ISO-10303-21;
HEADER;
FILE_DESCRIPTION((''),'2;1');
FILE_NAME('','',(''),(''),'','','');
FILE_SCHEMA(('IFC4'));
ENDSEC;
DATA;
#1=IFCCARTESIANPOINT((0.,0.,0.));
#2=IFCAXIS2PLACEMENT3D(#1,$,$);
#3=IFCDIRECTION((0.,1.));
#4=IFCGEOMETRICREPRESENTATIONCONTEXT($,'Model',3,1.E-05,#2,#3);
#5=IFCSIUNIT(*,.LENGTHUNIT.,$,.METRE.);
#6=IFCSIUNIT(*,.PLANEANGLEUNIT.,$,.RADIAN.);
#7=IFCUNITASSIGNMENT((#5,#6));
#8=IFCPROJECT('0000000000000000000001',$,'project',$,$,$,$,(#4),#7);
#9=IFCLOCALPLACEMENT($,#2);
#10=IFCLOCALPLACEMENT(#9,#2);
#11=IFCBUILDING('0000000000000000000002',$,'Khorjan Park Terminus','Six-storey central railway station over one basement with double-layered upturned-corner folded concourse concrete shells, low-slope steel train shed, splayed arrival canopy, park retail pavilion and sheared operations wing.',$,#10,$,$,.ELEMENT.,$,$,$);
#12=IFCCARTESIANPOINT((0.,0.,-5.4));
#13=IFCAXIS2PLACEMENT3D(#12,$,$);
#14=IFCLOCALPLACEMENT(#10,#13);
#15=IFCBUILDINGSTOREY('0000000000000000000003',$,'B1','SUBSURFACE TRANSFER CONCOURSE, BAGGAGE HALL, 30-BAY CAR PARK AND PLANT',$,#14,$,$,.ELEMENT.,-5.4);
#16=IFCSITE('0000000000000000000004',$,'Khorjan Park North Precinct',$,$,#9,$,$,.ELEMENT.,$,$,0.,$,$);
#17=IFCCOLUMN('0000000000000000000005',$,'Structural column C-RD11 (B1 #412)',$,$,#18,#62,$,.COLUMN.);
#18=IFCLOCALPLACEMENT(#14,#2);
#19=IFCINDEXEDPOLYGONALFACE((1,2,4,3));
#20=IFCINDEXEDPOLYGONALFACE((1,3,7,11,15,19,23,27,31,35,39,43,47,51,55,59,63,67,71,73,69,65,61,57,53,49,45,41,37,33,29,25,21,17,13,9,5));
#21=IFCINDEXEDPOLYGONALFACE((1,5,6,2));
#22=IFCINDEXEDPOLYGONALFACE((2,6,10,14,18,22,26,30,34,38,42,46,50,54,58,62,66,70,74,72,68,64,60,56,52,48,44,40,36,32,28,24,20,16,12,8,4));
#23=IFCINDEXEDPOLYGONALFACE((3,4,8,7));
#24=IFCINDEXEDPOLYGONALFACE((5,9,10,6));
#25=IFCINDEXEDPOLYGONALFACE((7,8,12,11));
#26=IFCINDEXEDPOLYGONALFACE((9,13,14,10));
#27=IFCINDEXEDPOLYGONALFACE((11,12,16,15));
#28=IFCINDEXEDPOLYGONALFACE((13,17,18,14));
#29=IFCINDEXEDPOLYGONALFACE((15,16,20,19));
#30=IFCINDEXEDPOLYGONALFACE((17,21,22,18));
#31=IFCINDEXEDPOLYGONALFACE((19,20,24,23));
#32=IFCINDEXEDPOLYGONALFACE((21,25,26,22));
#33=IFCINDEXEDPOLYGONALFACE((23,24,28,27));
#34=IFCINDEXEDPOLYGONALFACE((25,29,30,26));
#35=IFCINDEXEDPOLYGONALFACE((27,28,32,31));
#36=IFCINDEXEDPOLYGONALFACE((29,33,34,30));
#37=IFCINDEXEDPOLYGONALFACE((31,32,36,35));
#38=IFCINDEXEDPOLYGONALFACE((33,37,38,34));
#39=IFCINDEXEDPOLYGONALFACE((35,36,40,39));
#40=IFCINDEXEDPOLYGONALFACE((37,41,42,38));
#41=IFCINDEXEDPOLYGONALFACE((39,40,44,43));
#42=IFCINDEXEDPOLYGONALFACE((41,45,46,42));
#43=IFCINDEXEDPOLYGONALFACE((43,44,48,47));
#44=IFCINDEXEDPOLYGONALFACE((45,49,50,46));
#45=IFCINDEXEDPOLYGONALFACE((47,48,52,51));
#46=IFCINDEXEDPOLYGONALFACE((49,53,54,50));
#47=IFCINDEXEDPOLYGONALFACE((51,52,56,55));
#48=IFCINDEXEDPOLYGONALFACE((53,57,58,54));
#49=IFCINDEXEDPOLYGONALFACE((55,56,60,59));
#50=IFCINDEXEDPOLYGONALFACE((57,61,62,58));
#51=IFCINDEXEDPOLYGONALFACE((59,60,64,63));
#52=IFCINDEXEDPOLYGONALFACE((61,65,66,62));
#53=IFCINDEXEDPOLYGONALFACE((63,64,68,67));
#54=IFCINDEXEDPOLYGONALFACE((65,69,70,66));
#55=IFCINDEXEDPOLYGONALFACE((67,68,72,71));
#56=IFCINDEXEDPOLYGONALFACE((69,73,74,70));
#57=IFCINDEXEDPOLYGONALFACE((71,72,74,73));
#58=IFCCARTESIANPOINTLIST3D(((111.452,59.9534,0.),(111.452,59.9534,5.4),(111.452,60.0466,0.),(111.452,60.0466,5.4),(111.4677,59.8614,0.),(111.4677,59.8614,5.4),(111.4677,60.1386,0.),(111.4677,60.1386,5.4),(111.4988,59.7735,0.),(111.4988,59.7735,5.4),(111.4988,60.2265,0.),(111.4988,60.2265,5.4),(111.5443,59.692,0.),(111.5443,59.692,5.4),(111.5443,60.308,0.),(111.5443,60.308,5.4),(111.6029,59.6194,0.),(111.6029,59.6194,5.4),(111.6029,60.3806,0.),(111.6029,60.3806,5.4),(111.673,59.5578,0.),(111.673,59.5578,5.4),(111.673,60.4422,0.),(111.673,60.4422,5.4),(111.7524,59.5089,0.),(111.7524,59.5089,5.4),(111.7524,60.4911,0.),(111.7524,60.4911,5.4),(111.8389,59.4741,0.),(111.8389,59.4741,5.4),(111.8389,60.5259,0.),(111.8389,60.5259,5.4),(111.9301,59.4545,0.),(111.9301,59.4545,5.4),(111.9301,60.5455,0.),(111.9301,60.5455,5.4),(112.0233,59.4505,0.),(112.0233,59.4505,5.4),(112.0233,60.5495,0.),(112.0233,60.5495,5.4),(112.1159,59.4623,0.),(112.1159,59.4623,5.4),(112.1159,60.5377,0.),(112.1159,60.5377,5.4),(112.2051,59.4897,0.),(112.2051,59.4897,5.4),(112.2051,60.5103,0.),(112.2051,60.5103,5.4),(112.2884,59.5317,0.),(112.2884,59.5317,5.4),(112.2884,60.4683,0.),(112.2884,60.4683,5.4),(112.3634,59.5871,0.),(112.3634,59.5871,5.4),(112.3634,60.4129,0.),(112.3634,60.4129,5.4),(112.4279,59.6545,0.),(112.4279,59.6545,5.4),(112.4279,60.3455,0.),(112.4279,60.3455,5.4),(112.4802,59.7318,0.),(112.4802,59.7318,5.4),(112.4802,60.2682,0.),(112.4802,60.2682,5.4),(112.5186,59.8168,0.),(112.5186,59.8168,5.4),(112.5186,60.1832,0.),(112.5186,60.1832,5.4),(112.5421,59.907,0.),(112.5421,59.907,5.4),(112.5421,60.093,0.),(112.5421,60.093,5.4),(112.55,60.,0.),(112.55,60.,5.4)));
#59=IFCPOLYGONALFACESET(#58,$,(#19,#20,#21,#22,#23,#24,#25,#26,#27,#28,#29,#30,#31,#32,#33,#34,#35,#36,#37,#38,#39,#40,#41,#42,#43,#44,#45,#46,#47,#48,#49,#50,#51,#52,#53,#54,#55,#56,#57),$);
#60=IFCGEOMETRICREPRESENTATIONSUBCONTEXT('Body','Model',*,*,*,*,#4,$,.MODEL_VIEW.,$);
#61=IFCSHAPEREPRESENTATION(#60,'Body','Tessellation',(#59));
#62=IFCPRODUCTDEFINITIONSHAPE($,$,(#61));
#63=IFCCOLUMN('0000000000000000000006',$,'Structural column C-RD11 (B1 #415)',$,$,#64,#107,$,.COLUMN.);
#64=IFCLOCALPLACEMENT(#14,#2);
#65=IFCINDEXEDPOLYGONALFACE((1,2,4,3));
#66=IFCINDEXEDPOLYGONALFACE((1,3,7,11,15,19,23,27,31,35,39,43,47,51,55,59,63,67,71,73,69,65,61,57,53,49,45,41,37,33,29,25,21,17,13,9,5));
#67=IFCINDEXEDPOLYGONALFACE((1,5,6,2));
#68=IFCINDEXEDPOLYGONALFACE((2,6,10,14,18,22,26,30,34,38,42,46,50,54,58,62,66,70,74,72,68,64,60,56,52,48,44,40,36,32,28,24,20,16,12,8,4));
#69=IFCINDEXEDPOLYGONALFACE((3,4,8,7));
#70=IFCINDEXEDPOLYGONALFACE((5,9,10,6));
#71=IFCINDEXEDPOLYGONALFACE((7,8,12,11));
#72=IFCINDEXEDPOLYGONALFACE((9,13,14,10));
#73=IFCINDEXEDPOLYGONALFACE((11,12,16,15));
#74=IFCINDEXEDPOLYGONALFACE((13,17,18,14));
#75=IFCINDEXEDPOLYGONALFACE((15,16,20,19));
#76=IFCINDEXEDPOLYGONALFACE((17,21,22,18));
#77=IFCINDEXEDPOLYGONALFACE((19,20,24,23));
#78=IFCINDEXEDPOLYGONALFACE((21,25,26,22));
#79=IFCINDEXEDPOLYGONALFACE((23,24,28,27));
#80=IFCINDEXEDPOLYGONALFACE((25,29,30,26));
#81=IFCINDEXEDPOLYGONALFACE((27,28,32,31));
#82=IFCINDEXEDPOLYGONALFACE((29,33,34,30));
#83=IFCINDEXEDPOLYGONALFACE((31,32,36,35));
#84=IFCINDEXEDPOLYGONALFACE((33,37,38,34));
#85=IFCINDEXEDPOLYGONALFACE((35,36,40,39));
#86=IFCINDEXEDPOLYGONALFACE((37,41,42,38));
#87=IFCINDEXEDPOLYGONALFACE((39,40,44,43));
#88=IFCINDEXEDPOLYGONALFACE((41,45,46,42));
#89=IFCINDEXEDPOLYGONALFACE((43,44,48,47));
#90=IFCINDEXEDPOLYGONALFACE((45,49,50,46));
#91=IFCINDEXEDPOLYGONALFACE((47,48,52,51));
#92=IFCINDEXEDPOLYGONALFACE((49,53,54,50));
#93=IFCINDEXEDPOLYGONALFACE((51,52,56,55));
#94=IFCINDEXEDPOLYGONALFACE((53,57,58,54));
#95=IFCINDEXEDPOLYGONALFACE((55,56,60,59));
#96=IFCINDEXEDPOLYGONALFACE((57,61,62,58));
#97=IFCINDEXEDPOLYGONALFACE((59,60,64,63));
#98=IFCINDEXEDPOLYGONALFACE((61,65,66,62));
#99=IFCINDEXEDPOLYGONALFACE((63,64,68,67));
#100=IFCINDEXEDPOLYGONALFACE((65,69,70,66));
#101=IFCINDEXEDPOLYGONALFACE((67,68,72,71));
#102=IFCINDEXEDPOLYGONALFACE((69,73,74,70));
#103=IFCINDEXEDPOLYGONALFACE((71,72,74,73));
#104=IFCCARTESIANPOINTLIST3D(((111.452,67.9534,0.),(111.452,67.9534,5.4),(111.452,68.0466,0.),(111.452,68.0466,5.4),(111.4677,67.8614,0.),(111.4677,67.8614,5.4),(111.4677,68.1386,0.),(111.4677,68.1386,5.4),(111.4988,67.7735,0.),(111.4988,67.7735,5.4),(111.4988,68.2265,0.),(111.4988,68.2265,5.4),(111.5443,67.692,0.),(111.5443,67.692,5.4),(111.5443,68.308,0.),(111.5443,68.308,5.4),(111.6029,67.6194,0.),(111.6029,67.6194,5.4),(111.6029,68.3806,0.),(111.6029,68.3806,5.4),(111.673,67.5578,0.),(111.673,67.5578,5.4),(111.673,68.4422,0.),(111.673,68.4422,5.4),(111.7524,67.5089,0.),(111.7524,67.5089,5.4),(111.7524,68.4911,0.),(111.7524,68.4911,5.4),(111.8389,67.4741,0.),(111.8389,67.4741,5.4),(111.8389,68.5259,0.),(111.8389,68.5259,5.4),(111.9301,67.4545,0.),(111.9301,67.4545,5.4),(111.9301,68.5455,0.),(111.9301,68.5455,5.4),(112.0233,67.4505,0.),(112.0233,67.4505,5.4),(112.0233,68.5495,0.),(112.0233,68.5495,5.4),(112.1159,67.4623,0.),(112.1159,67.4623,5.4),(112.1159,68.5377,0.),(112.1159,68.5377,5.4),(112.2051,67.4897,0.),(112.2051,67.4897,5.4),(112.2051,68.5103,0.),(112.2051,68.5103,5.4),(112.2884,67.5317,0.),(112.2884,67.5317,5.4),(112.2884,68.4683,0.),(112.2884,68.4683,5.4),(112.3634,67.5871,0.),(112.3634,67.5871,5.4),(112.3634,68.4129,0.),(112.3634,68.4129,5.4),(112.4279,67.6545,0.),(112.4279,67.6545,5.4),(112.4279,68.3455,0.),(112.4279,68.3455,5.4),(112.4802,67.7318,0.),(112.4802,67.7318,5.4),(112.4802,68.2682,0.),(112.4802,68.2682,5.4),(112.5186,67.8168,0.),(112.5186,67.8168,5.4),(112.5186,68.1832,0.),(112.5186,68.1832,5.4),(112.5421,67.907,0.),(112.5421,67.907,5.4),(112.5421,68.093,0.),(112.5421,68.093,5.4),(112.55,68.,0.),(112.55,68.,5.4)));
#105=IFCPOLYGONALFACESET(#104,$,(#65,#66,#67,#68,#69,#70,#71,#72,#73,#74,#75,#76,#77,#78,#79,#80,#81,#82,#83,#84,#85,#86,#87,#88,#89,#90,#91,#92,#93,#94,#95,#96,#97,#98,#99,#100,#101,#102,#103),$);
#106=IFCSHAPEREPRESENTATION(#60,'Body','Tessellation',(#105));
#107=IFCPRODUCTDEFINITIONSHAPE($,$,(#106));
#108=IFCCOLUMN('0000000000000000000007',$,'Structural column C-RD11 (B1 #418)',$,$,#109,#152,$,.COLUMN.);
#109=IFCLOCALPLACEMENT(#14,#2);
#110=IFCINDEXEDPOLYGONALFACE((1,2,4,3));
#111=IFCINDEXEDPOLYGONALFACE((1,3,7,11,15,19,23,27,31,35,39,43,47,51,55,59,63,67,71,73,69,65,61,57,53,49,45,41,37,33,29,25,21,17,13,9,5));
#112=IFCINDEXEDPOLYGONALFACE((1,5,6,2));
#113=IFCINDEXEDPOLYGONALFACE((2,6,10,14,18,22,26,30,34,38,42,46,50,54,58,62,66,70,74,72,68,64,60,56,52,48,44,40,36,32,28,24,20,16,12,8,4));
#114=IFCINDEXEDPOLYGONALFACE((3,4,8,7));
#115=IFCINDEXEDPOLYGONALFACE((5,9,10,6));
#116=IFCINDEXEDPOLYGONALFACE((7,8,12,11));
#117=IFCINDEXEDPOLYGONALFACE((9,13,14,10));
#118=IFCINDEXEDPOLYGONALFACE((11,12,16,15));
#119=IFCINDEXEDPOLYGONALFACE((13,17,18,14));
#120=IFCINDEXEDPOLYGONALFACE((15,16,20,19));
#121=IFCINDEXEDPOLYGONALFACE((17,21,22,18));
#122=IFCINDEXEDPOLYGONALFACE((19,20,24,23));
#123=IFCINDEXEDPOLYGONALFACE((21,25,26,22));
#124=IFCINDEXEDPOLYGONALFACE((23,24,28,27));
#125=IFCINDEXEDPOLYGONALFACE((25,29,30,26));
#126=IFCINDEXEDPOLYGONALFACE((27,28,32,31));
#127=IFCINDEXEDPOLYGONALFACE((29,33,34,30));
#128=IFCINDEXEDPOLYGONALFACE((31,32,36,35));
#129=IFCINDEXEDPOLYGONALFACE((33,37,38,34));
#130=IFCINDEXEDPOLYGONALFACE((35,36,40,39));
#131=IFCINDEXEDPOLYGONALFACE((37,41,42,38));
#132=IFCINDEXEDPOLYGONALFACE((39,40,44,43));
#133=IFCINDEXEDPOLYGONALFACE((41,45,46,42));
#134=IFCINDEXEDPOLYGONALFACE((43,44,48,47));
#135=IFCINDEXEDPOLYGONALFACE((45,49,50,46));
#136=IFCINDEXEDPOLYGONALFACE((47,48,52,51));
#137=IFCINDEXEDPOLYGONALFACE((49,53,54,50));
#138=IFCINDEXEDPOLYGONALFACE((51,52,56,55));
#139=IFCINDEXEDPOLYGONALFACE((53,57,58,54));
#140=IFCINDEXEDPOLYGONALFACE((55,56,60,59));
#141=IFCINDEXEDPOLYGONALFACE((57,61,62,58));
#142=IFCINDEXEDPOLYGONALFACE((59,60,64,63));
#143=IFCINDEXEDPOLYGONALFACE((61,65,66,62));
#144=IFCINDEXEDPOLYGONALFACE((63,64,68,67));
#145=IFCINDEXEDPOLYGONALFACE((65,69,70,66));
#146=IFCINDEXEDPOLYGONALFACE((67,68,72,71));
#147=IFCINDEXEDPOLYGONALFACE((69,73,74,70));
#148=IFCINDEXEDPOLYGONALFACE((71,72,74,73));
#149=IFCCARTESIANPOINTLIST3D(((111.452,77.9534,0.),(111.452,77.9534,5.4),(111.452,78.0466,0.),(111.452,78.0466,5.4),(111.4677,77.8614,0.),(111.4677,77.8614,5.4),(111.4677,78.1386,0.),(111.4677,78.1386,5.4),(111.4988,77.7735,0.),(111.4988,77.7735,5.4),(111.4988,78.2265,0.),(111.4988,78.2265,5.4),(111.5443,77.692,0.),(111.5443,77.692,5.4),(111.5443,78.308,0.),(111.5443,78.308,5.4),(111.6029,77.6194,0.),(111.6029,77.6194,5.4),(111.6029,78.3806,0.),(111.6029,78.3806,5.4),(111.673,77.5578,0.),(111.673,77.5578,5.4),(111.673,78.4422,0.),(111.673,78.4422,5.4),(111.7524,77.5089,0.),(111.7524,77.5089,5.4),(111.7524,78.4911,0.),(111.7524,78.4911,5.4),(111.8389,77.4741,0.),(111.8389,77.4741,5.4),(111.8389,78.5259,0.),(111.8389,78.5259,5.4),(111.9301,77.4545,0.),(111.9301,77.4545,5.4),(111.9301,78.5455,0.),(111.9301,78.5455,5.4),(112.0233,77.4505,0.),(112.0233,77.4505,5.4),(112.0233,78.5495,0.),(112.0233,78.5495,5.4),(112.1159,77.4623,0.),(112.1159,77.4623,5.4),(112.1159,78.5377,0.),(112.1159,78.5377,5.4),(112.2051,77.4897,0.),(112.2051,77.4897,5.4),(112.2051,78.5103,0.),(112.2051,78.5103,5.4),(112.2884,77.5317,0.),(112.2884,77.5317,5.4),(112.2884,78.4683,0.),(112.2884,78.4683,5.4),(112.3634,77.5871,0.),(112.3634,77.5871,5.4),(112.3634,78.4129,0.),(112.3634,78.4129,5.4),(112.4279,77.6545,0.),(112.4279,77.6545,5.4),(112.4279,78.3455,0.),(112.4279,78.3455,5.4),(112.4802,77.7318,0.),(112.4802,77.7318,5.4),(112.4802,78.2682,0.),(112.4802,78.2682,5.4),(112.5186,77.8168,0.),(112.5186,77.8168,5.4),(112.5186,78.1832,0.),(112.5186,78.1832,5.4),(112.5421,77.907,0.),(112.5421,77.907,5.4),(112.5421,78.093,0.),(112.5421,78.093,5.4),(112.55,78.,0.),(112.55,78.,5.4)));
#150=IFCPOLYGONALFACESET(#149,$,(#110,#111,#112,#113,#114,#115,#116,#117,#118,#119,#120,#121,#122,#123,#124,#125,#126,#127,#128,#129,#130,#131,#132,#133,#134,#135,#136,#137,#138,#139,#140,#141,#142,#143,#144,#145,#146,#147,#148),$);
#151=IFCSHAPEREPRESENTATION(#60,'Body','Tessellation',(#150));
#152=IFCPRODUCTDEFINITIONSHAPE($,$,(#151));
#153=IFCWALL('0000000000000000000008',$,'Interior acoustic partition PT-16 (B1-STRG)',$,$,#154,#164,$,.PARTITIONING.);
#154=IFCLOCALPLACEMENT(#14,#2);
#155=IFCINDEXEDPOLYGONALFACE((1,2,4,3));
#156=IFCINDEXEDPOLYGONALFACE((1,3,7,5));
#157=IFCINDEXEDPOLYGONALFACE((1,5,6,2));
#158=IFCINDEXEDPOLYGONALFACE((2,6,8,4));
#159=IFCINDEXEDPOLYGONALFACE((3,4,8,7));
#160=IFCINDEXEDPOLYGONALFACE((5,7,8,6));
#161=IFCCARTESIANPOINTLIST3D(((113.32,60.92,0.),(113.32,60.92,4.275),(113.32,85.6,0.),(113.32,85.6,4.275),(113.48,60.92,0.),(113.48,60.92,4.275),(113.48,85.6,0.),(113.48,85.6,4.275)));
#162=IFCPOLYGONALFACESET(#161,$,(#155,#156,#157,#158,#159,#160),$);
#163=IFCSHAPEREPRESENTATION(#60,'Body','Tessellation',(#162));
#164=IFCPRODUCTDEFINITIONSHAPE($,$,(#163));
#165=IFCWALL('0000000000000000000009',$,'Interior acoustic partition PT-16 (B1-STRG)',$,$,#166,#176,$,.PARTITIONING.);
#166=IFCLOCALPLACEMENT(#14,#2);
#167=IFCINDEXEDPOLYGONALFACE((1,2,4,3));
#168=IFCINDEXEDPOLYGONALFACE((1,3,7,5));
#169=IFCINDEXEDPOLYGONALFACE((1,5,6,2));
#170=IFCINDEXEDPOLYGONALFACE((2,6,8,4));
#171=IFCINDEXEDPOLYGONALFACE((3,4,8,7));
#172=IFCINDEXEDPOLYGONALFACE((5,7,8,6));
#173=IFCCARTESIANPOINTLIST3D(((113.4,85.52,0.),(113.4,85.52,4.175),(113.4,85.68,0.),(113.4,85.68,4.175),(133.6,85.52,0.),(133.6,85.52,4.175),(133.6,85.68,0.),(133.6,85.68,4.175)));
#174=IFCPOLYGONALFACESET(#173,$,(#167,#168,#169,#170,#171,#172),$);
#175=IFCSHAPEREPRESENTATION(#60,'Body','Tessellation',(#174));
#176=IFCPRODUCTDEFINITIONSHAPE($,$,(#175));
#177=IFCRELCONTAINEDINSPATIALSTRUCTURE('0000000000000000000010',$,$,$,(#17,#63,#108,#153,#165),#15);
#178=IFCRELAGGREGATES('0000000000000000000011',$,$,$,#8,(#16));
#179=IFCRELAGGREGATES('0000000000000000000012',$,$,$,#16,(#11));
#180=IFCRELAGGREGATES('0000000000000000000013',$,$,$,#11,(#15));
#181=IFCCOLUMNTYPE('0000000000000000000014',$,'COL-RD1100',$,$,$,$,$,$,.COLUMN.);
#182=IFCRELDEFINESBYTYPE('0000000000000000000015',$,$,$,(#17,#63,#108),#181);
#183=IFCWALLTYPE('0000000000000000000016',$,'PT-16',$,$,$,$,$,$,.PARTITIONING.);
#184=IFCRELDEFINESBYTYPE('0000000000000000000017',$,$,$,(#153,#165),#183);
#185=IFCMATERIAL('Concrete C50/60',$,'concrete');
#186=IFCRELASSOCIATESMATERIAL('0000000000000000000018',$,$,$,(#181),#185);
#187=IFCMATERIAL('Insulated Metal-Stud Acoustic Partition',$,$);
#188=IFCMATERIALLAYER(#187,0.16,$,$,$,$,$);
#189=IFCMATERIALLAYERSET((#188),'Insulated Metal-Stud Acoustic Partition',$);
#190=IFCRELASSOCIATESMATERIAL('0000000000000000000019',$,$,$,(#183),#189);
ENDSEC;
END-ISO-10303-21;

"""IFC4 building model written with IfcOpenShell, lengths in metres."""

from ifc_helpers import new_model, si_unit, direction, frame, frame_2d, origin, origin_2d, place, context, subcontext, project, spatial, rectangle, circle, extrude, material, layer, layer_set, material_profile, profile_set, type_object, element, save


model = new_model("IFC4")

# Units and contexts
model_context = context("Model", 3, precision=1e-05, world=origin(), true_north=direction((0.0, 1.0)))
body_context = subcontext(model_context, "Body", "Model", "MODEL_VIEW")
ifc_project = project(units=[si_unit("LENGTHUNIT", "METRE"), si_unit("PLANEANGLEUNIT", "RADIAN")], contexts=[model_context])

# Site, building, storey
site_placement = place(None, origin())
site = spatial("IfcSite", under=ifc_project, at=site_placement, Name="Khorjan Park North Precinct", CompositionType="ELEMENT", RefElevation=0.0)
building_placement = place(site_placement, origin())
building = spatial("IfcBuilding", under=site, at=building_placement, Name="Khorjan Park Terminus", Description="Six-storey central railway station over one basement with double-layered upturned-corner folded concourse concrete shells, low-slope steel train shed, splayed arrival canopy, park retail pavilion and sheared operations wing.", CompositionType="ELEMENT")
storey_placement = place(building_placement, frame((0.0, 0.0, -5.4)))
storey = spatial("IfcBuildingStorey", under=building, at=storey_placement, Name="B1", Description="SUBSURFACE TRANSFER CONCOURSE, BAGGAGE HALL, 30-BAY CAR PARK AND PLANT", CompositionType="ELEMENT", Elevation=-5.4)

# Columns
ifc_material_1 = material(Name="Concrete C50/60", Category="concrete")
ifc_material_profile_1 = material_profile(ifc_material_1, circle(Radius=0.55, at=origin_2d()), Name="RC D1100")
ifc_profile_set_1 = profile_set([ifc_material_profile_1], Name="Concrete C50/60")
column_type_1 = type_object("IfcColumnType", Name="COL-RD1100", PredefinedType="COLUMN", material=ifc_profile_set_1)
for number, where, z_axis, x_axis, name in (
    (1, (112.0, 60.0, 0.0), (0.0, 0.0, 1.0), (1.0, 0.0, 0.0), "Structural column C-RD11 (B1 #412)"),
    (2, (112.0, 68.0, 0.0), (0.0, 0.0, 1.0), (1.0, 0.0, 0.0), "Structural column C-RD11 (B1 #415)"),
    (3, (112.0, 78.0, 0.0), (0.0, 0.0, 1.0), (1.0, 0.0, 0.0), "Structural column C-RD11 (B1 #418)"),
):
    element("IfcColumn", number, at=place(storey_placement, frame(where, z_axis=z_axis, x_axis=x_axis)), inside=storey, type_object=column_type_1, Name=name, PredefinedType="COLUMN", context=body_context, shape_type="SweptSolid", body=[
        extrude(circle(Radius=0.55, at=origin_2d()), origin(), (0.0, 0.0, 1.0), 5.4),
    ])

# Walls
ifc_material_2 = material(Name="Insulated Metal-Stud Acoustic Partition")
ifc_layer = layer(ifc_material_2, 0.16)
ifc_layer_set = layer_set([ifc_layer], Name="Insulated Metal-Stud Acoustic Partition")
wall_type = type_object("IfcWallType", Name="PT-16", PredefinedType="PARTITIONING", material=ifc_layer_set)
wall_1_placement = place(storey_placement, frame((113.4, 60.92, 0.0), z_axis=(0.0, 0.0, 1.0), x_axis=(0.0, 1.0, 0.0)))
element("IfcWall", 4, at=wall_1_placement, inside=storey, type_object=wall_type, Name="Interior acoustic partition PT-16 (B1-STRG)", PredefinedType="PARTITIONING", context=body_context, shape_type="SweptSolid", body=[
    extrude(rectangle(XDim=24.68, YDim=0.16, at=frame_2d((12.34, 0.0))), origin(), (0.0, 0.0, 1.0), 4.275),
])
wall_2_placement = place(storey_placement, frame((113.4, 85.6, 0.0), z_axis=(0.0, 0.0, 1.0), x_axis=(1.0, 0.0, 0.0)))
element("IfcWall", 5, at=wall_2_placement, inside=storey, type_object=wall_type, Name="Interior acoustic partition PT-16 (B1-STRG)", PredefinedType="PARTITIONING", context=body_context, shape_type="SweptSolid", body=[
    extrude(rectangle(XDim=20.2, YDim=0.16, at=frame_2d((10.1, 0.0))), origin(), (0.0, 0.0, 1.0), 4.175),
])

save(model, "model.ifc")
